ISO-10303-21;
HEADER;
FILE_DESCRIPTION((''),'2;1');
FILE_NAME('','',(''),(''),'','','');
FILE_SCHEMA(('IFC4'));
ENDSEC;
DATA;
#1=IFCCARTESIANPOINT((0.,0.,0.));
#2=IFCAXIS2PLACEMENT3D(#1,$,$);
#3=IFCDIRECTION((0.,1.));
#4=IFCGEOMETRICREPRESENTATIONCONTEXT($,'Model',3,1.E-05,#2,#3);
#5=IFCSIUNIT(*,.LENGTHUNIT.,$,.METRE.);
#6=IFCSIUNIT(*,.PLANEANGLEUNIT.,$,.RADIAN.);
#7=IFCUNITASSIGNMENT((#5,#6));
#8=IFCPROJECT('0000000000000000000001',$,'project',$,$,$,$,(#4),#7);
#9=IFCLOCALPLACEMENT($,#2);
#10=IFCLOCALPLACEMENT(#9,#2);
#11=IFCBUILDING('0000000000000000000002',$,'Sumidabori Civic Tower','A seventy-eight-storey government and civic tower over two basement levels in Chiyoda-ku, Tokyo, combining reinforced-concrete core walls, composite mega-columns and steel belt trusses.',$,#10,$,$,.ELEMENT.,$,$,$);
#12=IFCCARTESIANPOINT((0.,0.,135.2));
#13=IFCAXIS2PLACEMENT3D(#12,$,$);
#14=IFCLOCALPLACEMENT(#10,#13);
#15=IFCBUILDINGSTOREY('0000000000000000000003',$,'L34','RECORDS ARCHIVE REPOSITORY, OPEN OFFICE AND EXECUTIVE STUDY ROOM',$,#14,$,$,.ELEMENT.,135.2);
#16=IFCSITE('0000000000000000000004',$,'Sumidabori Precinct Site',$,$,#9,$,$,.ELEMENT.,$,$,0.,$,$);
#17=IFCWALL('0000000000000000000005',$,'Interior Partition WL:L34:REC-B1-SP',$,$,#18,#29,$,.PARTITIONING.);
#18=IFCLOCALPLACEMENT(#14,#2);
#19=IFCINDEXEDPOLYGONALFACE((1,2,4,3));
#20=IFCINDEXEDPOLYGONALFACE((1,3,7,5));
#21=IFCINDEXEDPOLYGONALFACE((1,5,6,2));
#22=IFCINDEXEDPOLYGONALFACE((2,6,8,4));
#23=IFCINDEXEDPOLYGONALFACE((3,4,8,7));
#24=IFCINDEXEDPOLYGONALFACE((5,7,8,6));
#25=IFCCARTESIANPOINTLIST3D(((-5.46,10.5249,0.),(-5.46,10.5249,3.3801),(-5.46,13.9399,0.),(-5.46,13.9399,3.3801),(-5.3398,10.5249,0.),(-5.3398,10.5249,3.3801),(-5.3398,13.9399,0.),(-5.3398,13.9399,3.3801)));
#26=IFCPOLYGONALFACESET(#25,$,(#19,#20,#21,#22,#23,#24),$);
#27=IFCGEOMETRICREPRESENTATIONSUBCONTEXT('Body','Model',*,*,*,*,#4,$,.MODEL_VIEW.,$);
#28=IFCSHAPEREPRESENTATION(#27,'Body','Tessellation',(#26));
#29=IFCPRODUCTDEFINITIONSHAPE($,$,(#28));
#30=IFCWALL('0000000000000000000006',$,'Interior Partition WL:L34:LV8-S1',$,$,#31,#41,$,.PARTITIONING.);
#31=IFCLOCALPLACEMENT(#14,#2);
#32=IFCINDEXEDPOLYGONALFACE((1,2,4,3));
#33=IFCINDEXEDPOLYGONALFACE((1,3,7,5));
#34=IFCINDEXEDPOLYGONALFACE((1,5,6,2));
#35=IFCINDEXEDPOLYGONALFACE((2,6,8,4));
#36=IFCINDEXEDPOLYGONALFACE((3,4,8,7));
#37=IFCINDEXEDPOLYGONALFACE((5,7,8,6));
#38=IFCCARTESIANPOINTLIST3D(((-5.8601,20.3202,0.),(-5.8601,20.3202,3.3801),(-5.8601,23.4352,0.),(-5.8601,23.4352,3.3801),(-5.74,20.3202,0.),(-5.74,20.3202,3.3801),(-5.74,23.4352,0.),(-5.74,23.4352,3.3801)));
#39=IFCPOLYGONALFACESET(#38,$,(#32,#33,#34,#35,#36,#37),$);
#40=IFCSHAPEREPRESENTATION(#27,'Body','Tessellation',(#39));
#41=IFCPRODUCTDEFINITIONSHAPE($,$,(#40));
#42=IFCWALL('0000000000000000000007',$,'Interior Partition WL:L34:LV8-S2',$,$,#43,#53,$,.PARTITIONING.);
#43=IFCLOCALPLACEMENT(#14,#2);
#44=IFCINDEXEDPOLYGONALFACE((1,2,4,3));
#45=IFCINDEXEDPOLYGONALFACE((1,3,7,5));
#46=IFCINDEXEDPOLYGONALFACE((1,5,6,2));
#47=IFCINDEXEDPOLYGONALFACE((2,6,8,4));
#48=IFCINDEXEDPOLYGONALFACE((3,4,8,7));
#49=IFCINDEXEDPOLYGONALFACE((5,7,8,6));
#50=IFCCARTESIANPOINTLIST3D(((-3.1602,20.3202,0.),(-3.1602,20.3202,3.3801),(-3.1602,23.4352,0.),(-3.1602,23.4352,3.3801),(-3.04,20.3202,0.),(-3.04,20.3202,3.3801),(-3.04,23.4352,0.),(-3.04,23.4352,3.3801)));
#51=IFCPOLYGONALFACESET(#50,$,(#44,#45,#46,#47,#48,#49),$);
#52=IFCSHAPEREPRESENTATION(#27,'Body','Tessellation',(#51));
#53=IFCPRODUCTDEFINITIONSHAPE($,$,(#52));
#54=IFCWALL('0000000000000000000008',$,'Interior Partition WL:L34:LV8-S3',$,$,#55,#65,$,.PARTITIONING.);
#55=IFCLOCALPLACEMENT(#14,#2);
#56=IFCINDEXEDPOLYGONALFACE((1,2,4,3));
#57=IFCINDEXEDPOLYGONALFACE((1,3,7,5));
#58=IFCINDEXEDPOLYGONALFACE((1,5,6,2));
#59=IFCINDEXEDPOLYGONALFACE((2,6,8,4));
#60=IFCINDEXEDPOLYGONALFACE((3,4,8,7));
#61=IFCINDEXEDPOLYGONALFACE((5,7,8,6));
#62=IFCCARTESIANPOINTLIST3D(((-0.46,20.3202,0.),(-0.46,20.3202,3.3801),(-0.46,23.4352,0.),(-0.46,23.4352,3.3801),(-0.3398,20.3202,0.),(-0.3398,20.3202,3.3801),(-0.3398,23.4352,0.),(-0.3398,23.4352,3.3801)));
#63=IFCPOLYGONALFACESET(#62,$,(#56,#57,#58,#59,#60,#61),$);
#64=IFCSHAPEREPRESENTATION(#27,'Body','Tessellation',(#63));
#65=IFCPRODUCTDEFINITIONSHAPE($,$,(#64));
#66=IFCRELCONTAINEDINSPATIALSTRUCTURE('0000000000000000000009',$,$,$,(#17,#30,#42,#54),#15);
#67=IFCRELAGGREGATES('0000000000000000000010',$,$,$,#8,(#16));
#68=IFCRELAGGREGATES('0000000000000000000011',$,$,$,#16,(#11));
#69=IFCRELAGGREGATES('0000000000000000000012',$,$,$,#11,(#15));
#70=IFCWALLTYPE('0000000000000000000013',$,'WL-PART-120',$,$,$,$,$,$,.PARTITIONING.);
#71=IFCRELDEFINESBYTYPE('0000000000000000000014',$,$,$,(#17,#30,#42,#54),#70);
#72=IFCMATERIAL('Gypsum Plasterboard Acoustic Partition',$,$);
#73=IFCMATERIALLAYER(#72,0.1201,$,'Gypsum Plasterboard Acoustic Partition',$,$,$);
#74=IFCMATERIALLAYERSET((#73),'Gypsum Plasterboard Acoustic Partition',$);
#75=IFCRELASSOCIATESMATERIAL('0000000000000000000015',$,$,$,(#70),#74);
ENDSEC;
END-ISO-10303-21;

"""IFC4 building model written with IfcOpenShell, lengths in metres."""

from ifc_helpers import new_model, si_unit, direction, frame, frame_2d, origin, place, context, subcontext, project, spatial, rectangle, extrude, source, transform, mapped, material, layer, layer_set, type_object, element, save


model = new_model("IFC4")

# Units and contexts
model_context = context("Model", 3, precision=1e-05, world=origin(), true_north=direction((0.0, 1.0)))
body_context = subcontext(model_context, "Body", "Model", "MODEL_VIEW")
ifc_project = project(units=[si_unit("LENGTHUNIT", "METRE"), si_unit("PLANEANGLEUNIT", "RADIAN")], contexts=[model_context])

# Site, building, storey
site_placement = place(None, origin())
site = spatial("IfcSite", under=ifc_project, at=site_placement, Name="Sumidabori Precinct Site", CompositionType="ELEMENT", RefElevation=0.0)
building_placement = place(site_placement, origin())
building = spatial("IfcBuilding", under=site, at=building_placement, Name="Sumidabori Civic Tower", Description="A seventy-eight-storey government and civic tower over two basement levels in Chiyoda-ku, Tokyo, combining reinforced-concrete core walls, composite mega-columns and steel belt trusses.", CompositionType="ELEMENT")
storey_placement = place(building_placement, frame((0.0, 0.0, 135.2)))
storey = spatial("IfcBuildingStorey", under=building, at=storey_placement, Name="L34", Description="RECORDS ARCHIVE REPOSITORY, OPEN OFFICE AND EXECUTIVE STUDY ROOM", CompositionType="ELEMENT", Elevation=135.2)

# Shared definitions
ifc_material_1 = material(Name="Gypsum Plasterboard Acoustic Partition")

# Walls
ifc_layer_1 = layer(ifc_material_1, 0.1201, Name="Gypsum Plasterboard Acoustic Partition")
ifc_layer_set_1 = layer_set([ifc_layer_1], Name="Gypsum Plasterboard Acoustic Partition")
wall_type_1 = type_object("IfcWallType", Name="WL-PART-120", PredefinedType="PARTITIONING", material=ifc_layer_set_1)
shared_shape_1 = source(origin(), body_context, "Body", "SweptSolid", [
    extrude(rectangle(XDim=3.415, YDim=0.1201, at=frame_2d((1.7075, 0.0))), origin(), (0.0, 0.0, 1.0), 3.3801),
])
wall_1_placement = place(storey_placement, frame((-5.3999, 10.5249, 0.0), z_axis=(0.0, 0.0, 1.0), x_axis=(0.0, 1.0, 0.0)))
element("IfcWall", 1, at=wall_1_placement, inside=storey, type_object=wall_type_1, Name="Interior Partition WL:L34:REC-B1-SP", PredefinedType="PARTITIONING", context=body_context, shape_type="MappedRepresentation", body=[
    mapped(shared_shape_1, transform((0.0, 0.0, 0.0), x_axis=(1.0, 0.0, 0.0), y_axis=(0.0, 1.0, 0.0), z_axis=(0.0, 0.0, 1.0), scale=1.0)),
])
shared_shape_2 = source(origin(), body_context, "Body", "SweptSolid", [
    extrude(rectangle(XDim=3.115, YDim=0.1201, at=frame_2d((1.5576, 0.0))), origin(), (0.0, 0.0, 1.0), 3.3801),
])
for number, where, z_axis, x_axis, name in (
    (2, (-5.8, 20.3201, 0.0), (0.0, 0.0, 1.0), (0.0, 1.0, 0.0), "Interior Partition WL:L34:LV8-S1"),
    (3, (-3.1001, 20.3201, 0.0), (0.0, 0.0, 1.0), (0.0, 1.0, 0.0), "Interior Partition WL:L34:LV8-S2"),
    (4, (-0.3999, 20.3201, 0.0), (0.0, 0.0, 1.0), (0.0, 1.0, 0.0), "Interior Partition WL:L34:LV8-S3"),
):
    element("IfcWall", number, at=place(storey_placement, frame(where, z_axis=z_axis, x_axis=x_axis)), inside=storey, type_object=wall_type_1, Name=name, PredefinedType="PARTITIONING", context=body_context, shape_type="MappedRepresentation", body=[
        mapped(shared_shape_2, transform((0.0, 0.0, 0.0), x_axis=(1.0, 0.0, 0.0), y_axis=(0.0, 1.0, 0.0), z_axis=(0.0, 0.0, 1.0), scale=1.0)),
    ])

save(model, "model.ifc")
